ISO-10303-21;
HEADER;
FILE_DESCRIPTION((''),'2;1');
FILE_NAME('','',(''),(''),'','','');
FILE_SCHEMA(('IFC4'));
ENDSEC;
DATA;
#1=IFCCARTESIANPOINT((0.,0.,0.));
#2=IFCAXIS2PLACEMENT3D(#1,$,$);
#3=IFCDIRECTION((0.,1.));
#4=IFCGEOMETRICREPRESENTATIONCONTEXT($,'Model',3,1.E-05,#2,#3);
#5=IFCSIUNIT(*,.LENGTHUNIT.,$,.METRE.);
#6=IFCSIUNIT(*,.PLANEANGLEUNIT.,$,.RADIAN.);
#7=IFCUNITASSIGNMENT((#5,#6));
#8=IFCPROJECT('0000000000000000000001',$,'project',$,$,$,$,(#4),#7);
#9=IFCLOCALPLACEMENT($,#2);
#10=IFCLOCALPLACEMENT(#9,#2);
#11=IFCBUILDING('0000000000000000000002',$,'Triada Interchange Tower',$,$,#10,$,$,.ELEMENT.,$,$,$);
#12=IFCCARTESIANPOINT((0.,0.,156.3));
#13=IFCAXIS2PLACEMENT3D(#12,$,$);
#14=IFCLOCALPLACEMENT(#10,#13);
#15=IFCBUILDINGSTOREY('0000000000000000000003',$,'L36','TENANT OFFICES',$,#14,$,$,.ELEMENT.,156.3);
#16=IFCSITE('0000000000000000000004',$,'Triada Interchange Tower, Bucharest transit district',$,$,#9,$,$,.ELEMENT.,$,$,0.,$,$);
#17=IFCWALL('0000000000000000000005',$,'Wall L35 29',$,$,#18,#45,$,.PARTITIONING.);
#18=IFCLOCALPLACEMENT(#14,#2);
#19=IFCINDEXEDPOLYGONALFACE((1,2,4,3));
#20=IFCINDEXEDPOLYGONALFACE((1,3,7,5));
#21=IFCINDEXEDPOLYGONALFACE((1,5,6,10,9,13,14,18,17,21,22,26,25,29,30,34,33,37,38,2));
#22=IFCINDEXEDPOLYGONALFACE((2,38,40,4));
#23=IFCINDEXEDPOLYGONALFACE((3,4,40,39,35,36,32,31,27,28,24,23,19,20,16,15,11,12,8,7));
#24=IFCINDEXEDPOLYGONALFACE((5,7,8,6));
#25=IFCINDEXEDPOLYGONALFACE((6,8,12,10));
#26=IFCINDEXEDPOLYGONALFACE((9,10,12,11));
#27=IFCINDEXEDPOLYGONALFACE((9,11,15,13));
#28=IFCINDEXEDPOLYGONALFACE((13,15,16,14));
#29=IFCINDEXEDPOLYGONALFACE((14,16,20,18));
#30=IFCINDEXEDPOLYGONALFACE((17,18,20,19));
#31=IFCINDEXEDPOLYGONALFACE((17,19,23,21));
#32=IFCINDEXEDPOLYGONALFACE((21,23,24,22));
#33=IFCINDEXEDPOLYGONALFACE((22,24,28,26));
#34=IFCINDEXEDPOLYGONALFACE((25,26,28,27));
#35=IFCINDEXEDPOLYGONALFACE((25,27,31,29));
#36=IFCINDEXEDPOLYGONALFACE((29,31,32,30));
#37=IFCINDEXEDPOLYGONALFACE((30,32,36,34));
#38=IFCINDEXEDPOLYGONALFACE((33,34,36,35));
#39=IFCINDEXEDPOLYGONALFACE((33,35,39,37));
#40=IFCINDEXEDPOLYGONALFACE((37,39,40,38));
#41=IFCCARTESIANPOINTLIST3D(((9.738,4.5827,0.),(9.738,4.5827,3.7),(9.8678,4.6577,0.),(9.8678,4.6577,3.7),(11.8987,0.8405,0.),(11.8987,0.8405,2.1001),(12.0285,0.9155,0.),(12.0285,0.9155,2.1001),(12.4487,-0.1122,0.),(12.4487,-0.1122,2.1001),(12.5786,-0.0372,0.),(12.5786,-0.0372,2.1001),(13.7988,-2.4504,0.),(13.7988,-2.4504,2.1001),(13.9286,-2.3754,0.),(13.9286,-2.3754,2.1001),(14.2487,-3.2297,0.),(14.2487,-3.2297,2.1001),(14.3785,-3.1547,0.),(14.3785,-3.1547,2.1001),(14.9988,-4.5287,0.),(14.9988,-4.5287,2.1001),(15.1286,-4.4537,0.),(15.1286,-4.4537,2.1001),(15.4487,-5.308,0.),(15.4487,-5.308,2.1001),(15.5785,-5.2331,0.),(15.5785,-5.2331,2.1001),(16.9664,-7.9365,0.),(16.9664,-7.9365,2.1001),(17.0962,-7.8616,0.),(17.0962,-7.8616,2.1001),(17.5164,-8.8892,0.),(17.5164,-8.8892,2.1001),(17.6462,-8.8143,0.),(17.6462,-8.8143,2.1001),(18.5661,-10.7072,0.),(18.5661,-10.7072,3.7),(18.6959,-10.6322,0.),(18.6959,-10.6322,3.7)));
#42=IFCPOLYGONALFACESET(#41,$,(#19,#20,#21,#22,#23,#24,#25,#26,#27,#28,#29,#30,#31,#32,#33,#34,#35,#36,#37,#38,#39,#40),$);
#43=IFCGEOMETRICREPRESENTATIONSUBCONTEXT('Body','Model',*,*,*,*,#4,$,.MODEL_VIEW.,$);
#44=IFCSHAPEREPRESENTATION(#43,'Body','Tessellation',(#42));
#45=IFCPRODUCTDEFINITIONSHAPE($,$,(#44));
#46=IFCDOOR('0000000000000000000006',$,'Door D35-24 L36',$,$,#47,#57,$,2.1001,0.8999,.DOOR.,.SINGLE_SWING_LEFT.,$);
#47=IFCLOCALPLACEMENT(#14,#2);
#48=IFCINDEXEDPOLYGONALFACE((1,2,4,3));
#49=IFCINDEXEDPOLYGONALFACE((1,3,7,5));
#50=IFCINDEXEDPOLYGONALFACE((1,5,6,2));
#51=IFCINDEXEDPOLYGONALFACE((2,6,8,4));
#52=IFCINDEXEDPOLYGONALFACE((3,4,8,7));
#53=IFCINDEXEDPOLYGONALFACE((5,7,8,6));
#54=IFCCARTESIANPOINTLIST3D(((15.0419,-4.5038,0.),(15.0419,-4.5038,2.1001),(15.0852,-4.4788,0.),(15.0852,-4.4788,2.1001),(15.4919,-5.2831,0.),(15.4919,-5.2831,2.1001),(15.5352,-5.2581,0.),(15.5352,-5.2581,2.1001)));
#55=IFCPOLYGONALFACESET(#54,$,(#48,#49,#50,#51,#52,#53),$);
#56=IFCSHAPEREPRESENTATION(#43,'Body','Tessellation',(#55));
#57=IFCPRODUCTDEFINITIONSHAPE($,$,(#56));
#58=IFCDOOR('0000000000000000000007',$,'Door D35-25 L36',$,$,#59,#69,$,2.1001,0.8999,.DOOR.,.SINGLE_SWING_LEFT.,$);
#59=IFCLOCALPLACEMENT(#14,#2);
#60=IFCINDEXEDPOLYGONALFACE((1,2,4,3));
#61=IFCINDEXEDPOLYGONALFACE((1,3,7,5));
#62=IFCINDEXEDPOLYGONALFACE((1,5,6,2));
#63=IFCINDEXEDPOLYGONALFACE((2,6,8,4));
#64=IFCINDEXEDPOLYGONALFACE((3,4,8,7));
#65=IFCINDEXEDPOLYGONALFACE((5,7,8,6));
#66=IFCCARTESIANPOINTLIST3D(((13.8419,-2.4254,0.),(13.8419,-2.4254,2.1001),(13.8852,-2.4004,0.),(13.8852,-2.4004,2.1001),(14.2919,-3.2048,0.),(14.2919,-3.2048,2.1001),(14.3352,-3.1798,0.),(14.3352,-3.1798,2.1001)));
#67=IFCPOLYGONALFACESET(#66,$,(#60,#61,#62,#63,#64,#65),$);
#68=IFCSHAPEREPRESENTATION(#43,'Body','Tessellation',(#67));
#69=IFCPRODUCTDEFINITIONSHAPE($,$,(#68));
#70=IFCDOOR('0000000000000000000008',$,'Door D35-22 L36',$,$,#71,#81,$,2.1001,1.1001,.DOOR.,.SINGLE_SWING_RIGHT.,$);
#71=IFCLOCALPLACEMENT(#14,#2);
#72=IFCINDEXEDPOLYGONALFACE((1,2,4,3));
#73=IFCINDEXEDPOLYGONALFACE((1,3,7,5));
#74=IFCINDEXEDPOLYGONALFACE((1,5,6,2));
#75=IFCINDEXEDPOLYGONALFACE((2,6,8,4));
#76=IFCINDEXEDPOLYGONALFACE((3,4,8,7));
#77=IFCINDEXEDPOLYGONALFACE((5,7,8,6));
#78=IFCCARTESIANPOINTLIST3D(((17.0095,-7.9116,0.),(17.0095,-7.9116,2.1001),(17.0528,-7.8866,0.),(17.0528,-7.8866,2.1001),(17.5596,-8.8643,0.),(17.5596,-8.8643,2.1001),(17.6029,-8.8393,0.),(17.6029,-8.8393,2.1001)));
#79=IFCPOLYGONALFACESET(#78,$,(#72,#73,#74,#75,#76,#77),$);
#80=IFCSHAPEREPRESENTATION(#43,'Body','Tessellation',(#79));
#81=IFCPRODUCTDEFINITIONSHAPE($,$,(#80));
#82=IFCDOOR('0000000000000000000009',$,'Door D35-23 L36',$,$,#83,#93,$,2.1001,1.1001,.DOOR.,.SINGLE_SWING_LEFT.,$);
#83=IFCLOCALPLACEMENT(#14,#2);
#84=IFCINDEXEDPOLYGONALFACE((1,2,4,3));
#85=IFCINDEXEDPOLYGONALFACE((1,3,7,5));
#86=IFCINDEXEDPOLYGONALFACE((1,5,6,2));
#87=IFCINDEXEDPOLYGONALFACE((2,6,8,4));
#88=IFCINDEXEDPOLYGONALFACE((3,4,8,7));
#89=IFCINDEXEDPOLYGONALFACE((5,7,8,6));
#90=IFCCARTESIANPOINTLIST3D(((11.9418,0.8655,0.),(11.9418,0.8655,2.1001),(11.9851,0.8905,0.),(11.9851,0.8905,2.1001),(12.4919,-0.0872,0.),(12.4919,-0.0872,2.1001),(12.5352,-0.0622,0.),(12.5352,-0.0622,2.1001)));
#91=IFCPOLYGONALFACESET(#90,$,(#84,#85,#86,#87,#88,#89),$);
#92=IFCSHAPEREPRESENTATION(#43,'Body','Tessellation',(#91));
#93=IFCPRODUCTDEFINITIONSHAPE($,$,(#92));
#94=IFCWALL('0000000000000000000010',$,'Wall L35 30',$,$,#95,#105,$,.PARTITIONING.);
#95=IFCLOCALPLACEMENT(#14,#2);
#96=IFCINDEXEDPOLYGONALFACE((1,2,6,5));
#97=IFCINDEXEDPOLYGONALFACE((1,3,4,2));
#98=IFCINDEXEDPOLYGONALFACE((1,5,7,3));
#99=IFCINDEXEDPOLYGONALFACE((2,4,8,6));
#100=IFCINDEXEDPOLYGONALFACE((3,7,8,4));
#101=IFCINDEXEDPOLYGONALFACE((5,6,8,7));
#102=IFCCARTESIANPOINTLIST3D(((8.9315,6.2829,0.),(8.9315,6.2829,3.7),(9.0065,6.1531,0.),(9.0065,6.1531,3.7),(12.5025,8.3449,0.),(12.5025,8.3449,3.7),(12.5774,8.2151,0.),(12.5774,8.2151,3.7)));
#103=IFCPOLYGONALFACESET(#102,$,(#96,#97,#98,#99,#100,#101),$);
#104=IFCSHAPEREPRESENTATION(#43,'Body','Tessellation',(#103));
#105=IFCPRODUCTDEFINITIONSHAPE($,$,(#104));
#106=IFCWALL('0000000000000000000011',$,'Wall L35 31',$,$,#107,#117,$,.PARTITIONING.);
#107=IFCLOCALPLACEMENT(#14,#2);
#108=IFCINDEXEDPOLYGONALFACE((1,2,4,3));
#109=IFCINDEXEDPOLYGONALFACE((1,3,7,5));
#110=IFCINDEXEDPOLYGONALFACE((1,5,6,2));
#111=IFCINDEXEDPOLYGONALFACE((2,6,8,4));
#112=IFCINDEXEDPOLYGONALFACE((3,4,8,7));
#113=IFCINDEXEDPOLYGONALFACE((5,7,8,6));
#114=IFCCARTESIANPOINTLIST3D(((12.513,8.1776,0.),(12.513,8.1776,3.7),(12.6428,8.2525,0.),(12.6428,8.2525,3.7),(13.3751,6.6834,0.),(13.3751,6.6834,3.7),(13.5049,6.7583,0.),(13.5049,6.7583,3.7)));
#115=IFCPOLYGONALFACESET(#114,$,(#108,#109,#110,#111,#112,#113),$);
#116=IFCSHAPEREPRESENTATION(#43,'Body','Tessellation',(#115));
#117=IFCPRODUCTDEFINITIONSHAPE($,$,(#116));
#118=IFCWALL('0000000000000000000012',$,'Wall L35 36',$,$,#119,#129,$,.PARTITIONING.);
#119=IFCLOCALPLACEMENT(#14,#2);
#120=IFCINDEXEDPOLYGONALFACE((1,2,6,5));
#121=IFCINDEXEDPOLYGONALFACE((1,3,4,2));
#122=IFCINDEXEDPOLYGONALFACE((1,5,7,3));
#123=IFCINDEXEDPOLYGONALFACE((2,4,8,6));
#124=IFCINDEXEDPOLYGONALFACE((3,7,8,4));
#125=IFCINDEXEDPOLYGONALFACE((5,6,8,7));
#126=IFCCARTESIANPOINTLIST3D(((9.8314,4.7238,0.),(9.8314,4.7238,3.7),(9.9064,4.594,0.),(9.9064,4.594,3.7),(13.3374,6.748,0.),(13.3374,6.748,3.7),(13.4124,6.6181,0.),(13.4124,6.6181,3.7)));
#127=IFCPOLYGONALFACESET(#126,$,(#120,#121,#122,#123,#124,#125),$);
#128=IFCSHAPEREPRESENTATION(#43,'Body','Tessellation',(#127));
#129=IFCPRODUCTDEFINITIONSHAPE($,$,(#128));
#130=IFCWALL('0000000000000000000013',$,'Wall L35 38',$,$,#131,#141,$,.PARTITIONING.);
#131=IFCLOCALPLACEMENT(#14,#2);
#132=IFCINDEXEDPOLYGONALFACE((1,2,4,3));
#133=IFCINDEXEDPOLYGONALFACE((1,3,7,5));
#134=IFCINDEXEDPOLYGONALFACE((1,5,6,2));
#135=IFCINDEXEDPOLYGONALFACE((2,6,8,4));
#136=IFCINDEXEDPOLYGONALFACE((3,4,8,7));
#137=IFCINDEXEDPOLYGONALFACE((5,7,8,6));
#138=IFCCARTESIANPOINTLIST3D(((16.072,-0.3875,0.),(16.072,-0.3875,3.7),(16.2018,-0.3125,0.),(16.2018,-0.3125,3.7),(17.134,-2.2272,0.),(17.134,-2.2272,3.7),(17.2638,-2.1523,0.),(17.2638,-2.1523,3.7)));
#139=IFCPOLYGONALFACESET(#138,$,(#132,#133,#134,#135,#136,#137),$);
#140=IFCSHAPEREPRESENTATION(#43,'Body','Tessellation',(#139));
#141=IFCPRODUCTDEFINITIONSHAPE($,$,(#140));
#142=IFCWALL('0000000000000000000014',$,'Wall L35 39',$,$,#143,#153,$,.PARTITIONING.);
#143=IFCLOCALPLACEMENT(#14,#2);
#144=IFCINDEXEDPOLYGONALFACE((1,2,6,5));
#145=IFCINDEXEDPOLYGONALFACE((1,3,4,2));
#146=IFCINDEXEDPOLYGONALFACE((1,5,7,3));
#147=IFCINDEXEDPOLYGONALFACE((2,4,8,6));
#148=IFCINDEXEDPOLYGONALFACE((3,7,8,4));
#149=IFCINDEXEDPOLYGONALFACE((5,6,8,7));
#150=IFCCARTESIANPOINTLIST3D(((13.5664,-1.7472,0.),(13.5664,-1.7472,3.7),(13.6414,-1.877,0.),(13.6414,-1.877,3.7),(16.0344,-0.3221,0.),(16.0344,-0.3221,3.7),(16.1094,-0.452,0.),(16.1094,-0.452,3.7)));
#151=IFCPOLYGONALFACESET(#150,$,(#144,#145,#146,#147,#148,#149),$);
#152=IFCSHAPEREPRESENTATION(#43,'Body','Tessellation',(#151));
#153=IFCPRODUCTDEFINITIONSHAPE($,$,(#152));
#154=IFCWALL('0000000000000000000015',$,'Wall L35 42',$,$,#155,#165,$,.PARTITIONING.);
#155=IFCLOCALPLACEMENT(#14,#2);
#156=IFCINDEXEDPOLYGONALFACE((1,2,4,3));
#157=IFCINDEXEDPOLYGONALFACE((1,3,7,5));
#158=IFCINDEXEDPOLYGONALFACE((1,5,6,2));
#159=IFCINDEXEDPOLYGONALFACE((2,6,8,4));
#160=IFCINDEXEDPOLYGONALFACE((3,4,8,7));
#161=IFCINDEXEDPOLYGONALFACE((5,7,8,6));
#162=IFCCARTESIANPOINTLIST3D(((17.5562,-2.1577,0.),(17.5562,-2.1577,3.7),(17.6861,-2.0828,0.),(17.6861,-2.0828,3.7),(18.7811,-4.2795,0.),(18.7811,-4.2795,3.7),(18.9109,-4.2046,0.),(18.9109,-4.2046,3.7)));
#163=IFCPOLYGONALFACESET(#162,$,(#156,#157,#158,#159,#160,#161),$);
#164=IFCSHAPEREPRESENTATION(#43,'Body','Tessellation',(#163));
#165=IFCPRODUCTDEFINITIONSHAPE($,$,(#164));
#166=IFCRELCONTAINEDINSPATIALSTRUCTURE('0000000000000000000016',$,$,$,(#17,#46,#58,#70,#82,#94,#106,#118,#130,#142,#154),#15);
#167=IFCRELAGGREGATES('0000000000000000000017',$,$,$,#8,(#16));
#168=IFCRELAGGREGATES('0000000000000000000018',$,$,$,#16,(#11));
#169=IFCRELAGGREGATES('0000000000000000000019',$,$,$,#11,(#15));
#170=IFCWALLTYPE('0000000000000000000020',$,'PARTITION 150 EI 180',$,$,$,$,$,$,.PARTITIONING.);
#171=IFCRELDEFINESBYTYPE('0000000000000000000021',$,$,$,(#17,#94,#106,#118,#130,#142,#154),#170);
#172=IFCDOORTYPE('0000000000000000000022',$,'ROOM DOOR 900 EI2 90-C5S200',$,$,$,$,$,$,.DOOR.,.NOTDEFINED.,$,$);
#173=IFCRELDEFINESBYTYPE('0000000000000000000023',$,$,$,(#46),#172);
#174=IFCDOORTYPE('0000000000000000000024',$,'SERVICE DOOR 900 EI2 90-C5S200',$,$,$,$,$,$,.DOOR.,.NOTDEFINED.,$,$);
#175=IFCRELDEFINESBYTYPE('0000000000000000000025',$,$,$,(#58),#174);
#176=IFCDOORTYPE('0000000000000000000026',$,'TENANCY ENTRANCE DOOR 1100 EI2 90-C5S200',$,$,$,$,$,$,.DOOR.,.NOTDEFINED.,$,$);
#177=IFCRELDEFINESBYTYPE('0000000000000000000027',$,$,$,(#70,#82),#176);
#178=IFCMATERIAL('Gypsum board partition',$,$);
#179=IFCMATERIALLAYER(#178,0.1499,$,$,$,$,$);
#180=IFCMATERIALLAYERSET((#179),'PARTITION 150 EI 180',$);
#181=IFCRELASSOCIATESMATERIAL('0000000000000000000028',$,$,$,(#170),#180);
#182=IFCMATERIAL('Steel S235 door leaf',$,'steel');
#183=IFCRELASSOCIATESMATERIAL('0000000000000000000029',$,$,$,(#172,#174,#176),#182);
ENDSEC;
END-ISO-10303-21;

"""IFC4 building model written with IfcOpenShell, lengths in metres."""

from ifc_helpers import new_model, si_unit, direction, frame, frame_2d, origin, place, context, subcontext, project, spatial, rectangle, extrude, material, layer, layer_set, type_object, element, fill, save


model = new_model("IFC4")

# Units and contexts
model_context = context("Model", 3, precision=1e-05, world=origin(), true_north=direction((0.0, 1.0)))
body_context = subcontext(model_context, "Body", "Model", "MODEL_VIEW")
ifc_project = project(units=[si_unit("LENGTHUNIT", "METRE"), si_unit("PLANEANGLEUNIT", "RADIAN")], contexts=[model_context])

# Site, building, storey
site_placement = place(None, origin())
site = spatial("IfcSite", under=ifc_project, at=site_placement, Name="Triada Interchange Tower, Bucharest transit district", CompositionType="ELEMENT", RefElevation=0.0)
building_placement = place(site_placement, origin())
building = spatial("IfcBuilding", under=site, at=building_placement, Name="Triada Interchange Tower", CompositionType="ELEMENT")
storey_placement = place(building_placement, frame((0.0, 0.0, 156.3)))
storey = spatial("IfcBuildingStorey", under=building, at=storey_placement, Name="L36", Description="TENANT OFFICES", CompositionType="ELEMENT", Elevation=156.3)

# Shared definitions
ifc_material_1 = material(Name="Gypsum board partition")
ifc_layer_1 = layer(ifc_material_1, 0.1499)
ifc_layer_set_1 = layer_set([ifc_layer_1], Name="PARTITION 150 EI 180")
wall_type = type_object("IfcWallType", Name="PARTITION 150 EI 180", PredefinedType="PARTITIONING", material=ifc_layer_set_1)

# Wall, openings, doors
wall_1_placement = place(storey_placement, frame((9.803, 4.6201, 0.0), z_axis=(0.0, 0.0, 1.0), x_axis=(0.500018, -0.866015, 0.0)))
wall_1 = element("IfcWall", 1, at=wall_1_placement, inside=storey, type_object=wall_type, Name="Wall L35 29", PredefinedType="PARTITIONING", context=body_context, shape_type="SweptSolid", body=[
    extrude(rectangle(XDim=17.6555, YDim=0.1499, at=frame_2d((8.8276, 0.0))), origin(), (0.0, 0.0, 1.0), 3.7),
])
opening_1_placement = place(wall_1_placement, frame((14.4561, 0.0, 0.0)))
opening_1 = element("IfcOpeningElement", 2, at=opening_1_placement, cuts=wall_1, PredefinedType="OPENING", context=body_context, shape_type="SweptSolid", body=[
    extrude(rectangle(XDim=1.1001, YDim=2.1001, at=frame_2d((0.55, 1.05))), frame((0.0, 0.085, 0.0), z_axis=(0.0, -1.0, 0.0), x_axis=(1.0, 0.0, 0.0)), (0.0, 0.0, 1.0), 0.1699),
])
opening_2_placement = place(wall_1_placement, frame((4.321, 0.0, 0.0)))
opening_2 = element("IfcOpeningElement", 3, at=opening_2_placement, cuts=wall_1, PredefinedType="OPENING", context=body_context, shape_type="SweptSolid", body=[
    extrude(rectangle(XDim=1.1001, YDim=2.1001, at=frame_2d((0.55, 1.05))), frame((0.0, 0.085, 0.0), z_axis=(0.0, -1.0, 0.0), x_axis=(1.0, 0.0, 0.0)), (0.0, 0.0, 1.0), 0.1699),
])
opening_3_placement = place(wall_1_placement, frame((10.521, 0.0, 0.0)))
opening_3 = element("IfcOpeningElement", 4, at=opening_3_placement, cuts=wall_1, PredefinedType="OPENING", context=body_context, shape_type="SweptSolid", body=[
    extrude(rectangle(XDim=0.8999, YDim=2.1001, at=frame_2d((0.45, 1.05))), frame((0.0, 0.085, 0.0), z_axis=(0.0, -1.0, 0.0), x_axis=(1.0, 0.0, 0.0)), (0.0, 0.0, 1.0), 0.1699),
])
opening_4_placement = place(wall_1_placement, frame((8.1211, 0.0, 0.0)))
opening_4 = element("IfcOpeningElement", 5, at=opening_4_placement, cuts=wall_1, PredefinedType="OPENING", context=body_context, shape_type="SweptSolid", body=[
    extrude(rectangle(XDim=0.8999, YDim=2.1001, at=frame_2d((0.45, 1.05))), frame((0.0, 0.085, 0.0), z_axis=(0.0, -1.0, 0.0), x_axis=(1.0, 0.0, 0.0)), (0.0, 0.0, 1.0), 0.1699),
])
ifc_material_2 = material(Name="Steel S235 door leaf", Category="steel")
door_type_1 = type_object("IfcDoorType", Name="ROOM DOOR 900 EI2 90-C5S200", OperationType="NOTDEFINED", PredefinedType="DOOR", material=ifc_material_2)
door_1_placement = place(opening_3_placement, origin())
door_1 = element("IfcDoor", 6, at=door_1_placement, inside=storey, type_object=door_type_1, Name="Door D35-24 L36", OperationType="SINGLE_SWING_LEFT", OverallHeight=2.1001, OverallWidth=0.8999, PredefinedType="DOOR", context=body_context, shape_type="SweptSolid", body=[
    extrude(rectangle(XDim=0.8999, YDim=2.1001, at=frame_2d((0.45, 1.05))), frame((0.0, 0.0249, 0.0), z_axis=(0.0, -1.0, 0.0), x_axis=(1.0, 0.0, 0.0)), (0.0, 0.0, 1.0), 0.05),
])
fill(opening_3, door_1)
door_type_2 = type_object("IfcDoorType", Name="SERVICE DOOR 900 EI2 90-C5S200", OperationType="NOTDEFINED", PredefinedType="DOOR", material=ifc_material_2)
door_2_placement = place(opening_4_placement, origin())
door_2 = element("IfcDoor", 7, at=door_2_placement, inside=storey, type_object=door_type_2, Name="Door D35-25 L36", OperationType="SINGLE_SWING_LEFT", OverallHeight=2.1001, OverallWidth=0.8999, PredefinedType="DOOR", context=body_context, shape_type="SweptSolid", body=[
    extrude(rectangle(XDim=0.8999, YDim=2.1001, at=frame_2d((0.45, 1.05))), frame((0.0, 0.0249, 0.0), z_axis=(0.0, -1.0, 0.0), x_axis=(1.0, 0.0, 0.0)), (0.0, 0.0, 1.0), 0.05),
])
fill(opening_4, door_2)
door_type_3 = type_object("IfcDoorType", Name="TENANCY ENTRANCE DOOR 1100 EI2 90-C5S200", OperationType="NOTDEFINED", PredefinedType="DOOR", material=ifc_material_2)
door_3_placement = place(opening_1_placement, origin())
door_3 = element("IfcDoor", 8, at=door_3_placement, inside=storey, type_object=door_type_3, Name="Door D35-22 L36", OperationType="SINGLE_SWING_RIGHT", OverallHeight=2.1001, OverallWidth=1.1001, PredefinedType="DOOR", context=body_context, shape_type="SweptSolid", body=[
    extrude(rectangle(XDim=1.1001, YDim=2.1001, at=frame_2d((0.55, 1.05))), frame((0.0, 0.0249, 0.0), z_axis=(0.0, -1.0, 0.0), x_axis=(1.0, 0.0, 0.0)), (0.0, 0.0, 1.0), 0.05),
])
fill(opening_1, door_3)
door_4_placement = place(opening_2_placement, origin())
door_4 = element("IfcDoor", 9, at=door_4_placement, inside=storey, type_object=door_type_3, Name="Door D35-23 L36", OperationType="SINGLE_SWING_LEFT", OverallHeight=2.1001, OverallWidth=1.1001, PredefinedType="DOOR", context=body_context, shape_type="SweptSolid", body=[
    extrude(rectangle(XDim=1.1001, YDim=2.1001, at=frame_2d((0.55, 1.05))), frame((0.0, 0.0249, 0.0), z_axis=(0.0, -1.0, 0.0), x_axis=(1.0, 0.0, 0.0)), (0.0, 0.0, 1.0), 0.05),
])
fill(opening_2, door_4)

# Walls
wall_2_placement = place(storey_placement, frame((8.969, 6.218, 0.0), z_axis=(0.0, 0.0, 1.0), x_axis=(0.865997, 0.500049, 0.0)))
element("IfcWall", 10, at=wall_2_placement, inside=storey, type_object=wall_type, Name="Wall L35 30", PredefinedType="PARTITIONING", context=body_context, shape_type="SweptSolid", body=[
    extrude(rectangle(XDim=4.1235, YDim=0.1499, at=frame_2d((2.0618, 0.0))), origin(), (0.0, 0.0, 1.0), 3.7),
])
wall_3_placement = place(storey_placement, frame((12.5779, 8.2151, 0.0), z_axis=(0.0, 0.0, 1.0), x_axis=(0.499747, -0.866171, 0.0)))
element("IfcWall", 11, at=wall_3_placement, inside=storey, type_object=wall_type, Name="Wall L35 31", PredefinedType="PARTITIONING", context=body_context, shape_type="SweptSolid", body=[
    extrude(rectangle(XDim=1.7251, YDim=0.1499, at=frame_2d((0.8625, 0.0))), origin(), (0.0, 0.0, 1.0), 3.7),
])
wall_4_placement = place(storey_placement, frame((9.8689, 4.6589, 0.0), z_axis=(0.0, 0.0, 1.0), x_axis=(0.866034, 0.499985, 0.0)))
element("IfcWall", 12, at=wall_4_placement, inside=storey, type_object=wall_type, Name="Wall L35 36", PredefinedType="PARTITIONING", context=body_context, shape_type="SweptSolid", body=[
    extrude(rectangle(XDim=4.0483, YDim=0.1499, at=frame_2d((2.0242, 0.0))), origin(), (0.0, 0.0, 1.0), 3.7),
])
wall_5_placement = place(storey_placement, frame((16.137, -0.3501, 0.0), z_axis=(0.0, 0.0, 1.0), x_axis=(0.499921, -0.866071, 0.0)))
element("IfcWall", 13, at=wall_5_placement, inside=storey, type_object=wall_type, Name="Wall L35 38", PredefinedType="PARTITIONING", context=body_context, shape_type="SweptSolid", body=[
    extrude(rectangle(XDim=2.1243, YDim=0.1499, at=frame_2d((1.062, 0.0))), origin(), (0.0, 0.0, 1.0), 3.7),
])
wall_6_placement = place(storey_placement, frame((13.604, -1.812, 0.0), z_axis=(0.0, 0.0, 1.0), x_axis=(0.866004, 0.500036, 0.0)))
element("IfcWall", 14, at=wall_6_placement, inside=storey, type_object=wall_type, Name="Wall L35 39", PredefinedType="PARTITIONING", context=body_context, shape_type="SweptSolid", body=[
    extrude(rectangle(XDim=2.8499, YDim=0.1499, at=frame_2d((1.4248, 0.0))), origin(), (0.0, 0.0, 1.0), 3.7),
])
wall_7_placement = place(storey_placement, frame((17.6211, -2.1201, 0.0), z_axis=(0.0, 0.0, 1.0), x_axis=(0.499944, -0.866058, 0.0)))
element("IfcWall", 15, at=wall_7_placement, inside=storey, type_object=wall_type, Name="Wall L35 42", PredefinedType="PARTITIONING", context=body_context, shape_type="SweptSolid", body=[
    extrude(rectangle(XDim=2.45, YDim=0.1499, at=frame_2d((1.2251, 0.0))), origin(), (0.0, 0.0, 1.0), 3.7),
])

save(model, "model.ifc")
